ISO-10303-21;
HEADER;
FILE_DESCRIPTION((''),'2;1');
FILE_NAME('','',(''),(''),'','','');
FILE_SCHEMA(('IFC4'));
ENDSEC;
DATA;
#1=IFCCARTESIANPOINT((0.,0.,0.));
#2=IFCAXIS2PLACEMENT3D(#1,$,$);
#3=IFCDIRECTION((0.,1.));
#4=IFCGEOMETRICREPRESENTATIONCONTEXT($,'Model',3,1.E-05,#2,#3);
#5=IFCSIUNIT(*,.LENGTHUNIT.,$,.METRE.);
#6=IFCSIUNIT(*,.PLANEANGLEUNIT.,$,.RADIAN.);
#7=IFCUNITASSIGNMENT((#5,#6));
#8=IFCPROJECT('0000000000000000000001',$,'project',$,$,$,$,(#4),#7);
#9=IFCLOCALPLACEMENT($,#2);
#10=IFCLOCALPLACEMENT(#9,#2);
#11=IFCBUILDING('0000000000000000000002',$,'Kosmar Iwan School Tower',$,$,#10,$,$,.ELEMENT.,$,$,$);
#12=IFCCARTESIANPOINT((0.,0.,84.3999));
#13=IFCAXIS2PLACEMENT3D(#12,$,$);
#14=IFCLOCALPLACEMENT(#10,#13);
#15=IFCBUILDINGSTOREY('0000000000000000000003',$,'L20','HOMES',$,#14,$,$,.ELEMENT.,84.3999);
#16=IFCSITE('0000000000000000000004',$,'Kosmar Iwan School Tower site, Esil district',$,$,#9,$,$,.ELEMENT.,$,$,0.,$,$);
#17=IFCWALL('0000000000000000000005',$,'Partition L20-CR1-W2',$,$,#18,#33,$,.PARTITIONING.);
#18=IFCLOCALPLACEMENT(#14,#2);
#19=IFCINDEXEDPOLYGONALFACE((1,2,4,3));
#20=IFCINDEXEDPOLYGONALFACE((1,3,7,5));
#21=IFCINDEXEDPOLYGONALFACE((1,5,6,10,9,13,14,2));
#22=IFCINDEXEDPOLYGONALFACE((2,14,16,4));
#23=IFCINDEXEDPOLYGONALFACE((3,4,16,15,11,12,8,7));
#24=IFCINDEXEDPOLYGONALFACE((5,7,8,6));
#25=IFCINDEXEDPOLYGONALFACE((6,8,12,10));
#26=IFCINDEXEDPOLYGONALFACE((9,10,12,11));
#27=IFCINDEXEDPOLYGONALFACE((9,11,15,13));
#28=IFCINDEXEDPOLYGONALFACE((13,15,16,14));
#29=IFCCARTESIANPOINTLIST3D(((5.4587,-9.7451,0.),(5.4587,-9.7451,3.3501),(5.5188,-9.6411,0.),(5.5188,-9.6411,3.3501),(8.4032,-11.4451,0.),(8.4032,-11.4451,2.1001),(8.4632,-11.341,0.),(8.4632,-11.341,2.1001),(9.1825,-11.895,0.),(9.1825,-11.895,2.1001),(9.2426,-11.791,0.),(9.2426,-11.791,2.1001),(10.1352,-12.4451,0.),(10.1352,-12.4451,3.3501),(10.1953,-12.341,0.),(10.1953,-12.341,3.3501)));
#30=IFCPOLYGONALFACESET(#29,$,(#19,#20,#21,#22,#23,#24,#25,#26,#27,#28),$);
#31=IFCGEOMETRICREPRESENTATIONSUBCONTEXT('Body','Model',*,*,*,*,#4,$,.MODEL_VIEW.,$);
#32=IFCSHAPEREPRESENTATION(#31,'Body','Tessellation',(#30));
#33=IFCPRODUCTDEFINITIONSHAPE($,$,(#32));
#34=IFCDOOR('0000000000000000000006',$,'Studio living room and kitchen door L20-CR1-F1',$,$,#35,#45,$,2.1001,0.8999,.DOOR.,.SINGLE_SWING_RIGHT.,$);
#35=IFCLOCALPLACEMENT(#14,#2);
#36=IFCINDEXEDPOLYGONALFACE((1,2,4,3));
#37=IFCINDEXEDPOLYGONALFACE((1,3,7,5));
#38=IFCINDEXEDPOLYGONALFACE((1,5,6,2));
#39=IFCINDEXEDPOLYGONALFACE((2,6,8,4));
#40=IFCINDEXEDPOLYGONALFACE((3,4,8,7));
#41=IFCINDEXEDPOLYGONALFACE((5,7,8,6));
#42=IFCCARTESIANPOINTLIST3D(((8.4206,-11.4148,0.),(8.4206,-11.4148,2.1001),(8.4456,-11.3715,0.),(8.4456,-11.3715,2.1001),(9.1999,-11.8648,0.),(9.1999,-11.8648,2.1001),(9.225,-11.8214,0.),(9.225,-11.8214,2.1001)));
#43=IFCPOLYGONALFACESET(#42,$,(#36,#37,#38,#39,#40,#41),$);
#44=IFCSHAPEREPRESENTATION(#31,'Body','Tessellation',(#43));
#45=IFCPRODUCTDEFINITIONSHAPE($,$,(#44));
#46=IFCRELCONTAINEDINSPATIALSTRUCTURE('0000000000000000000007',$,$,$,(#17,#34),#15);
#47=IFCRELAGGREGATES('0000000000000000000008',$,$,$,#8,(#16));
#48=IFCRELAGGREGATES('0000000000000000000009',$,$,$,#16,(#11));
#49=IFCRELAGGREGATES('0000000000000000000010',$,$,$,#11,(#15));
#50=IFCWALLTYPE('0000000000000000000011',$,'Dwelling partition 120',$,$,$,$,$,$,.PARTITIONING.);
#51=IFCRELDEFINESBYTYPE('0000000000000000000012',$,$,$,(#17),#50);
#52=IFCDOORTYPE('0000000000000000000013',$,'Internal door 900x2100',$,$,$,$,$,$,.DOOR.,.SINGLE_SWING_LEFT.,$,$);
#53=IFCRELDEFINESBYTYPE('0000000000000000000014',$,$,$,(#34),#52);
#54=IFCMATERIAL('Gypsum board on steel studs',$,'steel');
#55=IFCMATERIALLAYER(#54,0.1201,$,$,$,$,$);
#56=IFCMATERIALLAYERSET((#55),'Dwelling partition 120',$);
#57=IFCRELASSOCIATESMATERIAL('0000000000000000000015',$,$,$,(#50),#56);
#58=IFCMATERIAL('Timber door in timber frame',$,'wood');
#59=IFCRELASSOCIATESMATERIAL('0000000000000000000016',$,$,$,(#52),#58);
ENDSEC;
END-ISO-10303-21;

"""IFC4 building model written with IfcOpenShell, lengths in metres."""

from ifc_helpers import new_model, si_unit, direction, frame, frame_2d, origin, place, context, subcontext, project, spatial, rectangle, extrude, material, layer, layer_set, type_object, element, fill, save


model = new_model("IFC4")

# Units and contexts
model_context = context("Model", 3, precision=1e-05, world=origin(), true_north=direction((0.0, 1.0)))
body_context = subcontext(model_context, "Body", "Model", "MODEL_VIEW")
ifc_project = project(units=[si_unit("LENGTHUNIT", "METRE"), si_unit("PLANEANGLEUNIT", "RADIAN")], contexts=[model_context])

# Site, building, storey
site_placement = place(None, origin())
site = spatial("IfcSite", under=ifc_project, at=site_placement, Name="Kosmar Iwan School Tower site, Esil district", CompositionType="ELEMENT", RefElevation=0.0)
building_placement = place(site_placement, origin())
building = spatial("IfcBuilding", under=site, at=building_placement, Name="Kosmar Iwan School Tower", CompositionType="ELEMENT")
storey_placement = place(building_placement, frame((0.0, 0.0, 84.3999)))
storey = spatial("IfcBuildingStorey", under=building, at=storey_placement, Name="L20", Description="HOMES", CompositionType="ELEMENT", Elevation=84.3999)

# Wall, opening, door
ifc_material_1 = material(Name="Gypsum board on steel studs", Category="steel")
ifc_layer_1 = layer(ifc_material_1, 0.1201)
ifc_layer_set_1 = layer_set([ifc_layer_1], Name="Dwelling partition 120")
wall_type_1 = type_object("IfcWallType", Name="Dwelling partition 120", PredefinedType="PARTITIONING", material=ifc_layer_set_1)
wall_1_placement = place(storey_placement, frame((5.4888, -9.6931, 0.0), z_axis=(0.0, 0.0, 1.0), x_axis=(0.866028, -0.499995, 0.0)))
wall_1 = element("IfcWall", 1, at=wall_1_placement, inside=storey, type_object=wall_type_1, Name="Partition L20-CR1-W2", PredefinedType="PARTITIONING", context=body_context, shape_type="SweptSolid", body=[
    extrude(rectangle(XDim=5.3999, YDim=0.1201, at=frame_2d((2.7, 0.0))), origin(), (0.0, 0.0, 1.0), 3.3501),
])
opening_1_placement = place(wall_1_placement, frame((3.3999, 0.0, 0.0)))
opening_1 = element("IfcOpeningElement", 2, at=opening_1_placement, cuts=wall_1, PredefinedType="OPENING", context=body_context, shape_type="SweptSolid", body=[
    extrude(rectangle(XDim=0.8999, YDim=2.1001, at=frame_2d((0.45, 1.05))), frame((0.0, 0.072, 0.0), z_axis=(0.0, -1.0, 0.0), x_axis=(1.0, 0.0, 0.0)), (0.0, 0.0, 1.0), 0.144),
])
ifc_material_2 = material(Name="Timber door in timber frame", Category="wood")
door_type = type_object("IfcDoorType", Name="Internal door 900x2100", OperationType="SINGLE_SWING_LEFT", PredefinedType="DOOR", material=ifc_material_2)
door_placement = place(opening_1_placement, origin())
door = element("IfcDoor", 3, at=door_placement, inside=storey, type_object=door_type, Name="Studio living room and kitchen door L20-CR1-F1", OperationType="SINGLE_SWING_RIGHT", OverallHeight=2.1001, OverallWidth=0.8999, PredefinedType="DOOR", context=body_context, shape_type="SweptSolid", body=[
    extrude(rectangle(XDim=0.8999, YDim=2.1001, at=frame_2d((0.45, 1.05))), frame((0.0, 0.0249, 0.0), z_axis=(0.0, -1.0, 0.0), x_axis=(1.0, 0.0, 0.0)), (0.0, 0.0, 1.0), 0.05),
])
fill(opening_1, door)

save(model, "model.ifc")
